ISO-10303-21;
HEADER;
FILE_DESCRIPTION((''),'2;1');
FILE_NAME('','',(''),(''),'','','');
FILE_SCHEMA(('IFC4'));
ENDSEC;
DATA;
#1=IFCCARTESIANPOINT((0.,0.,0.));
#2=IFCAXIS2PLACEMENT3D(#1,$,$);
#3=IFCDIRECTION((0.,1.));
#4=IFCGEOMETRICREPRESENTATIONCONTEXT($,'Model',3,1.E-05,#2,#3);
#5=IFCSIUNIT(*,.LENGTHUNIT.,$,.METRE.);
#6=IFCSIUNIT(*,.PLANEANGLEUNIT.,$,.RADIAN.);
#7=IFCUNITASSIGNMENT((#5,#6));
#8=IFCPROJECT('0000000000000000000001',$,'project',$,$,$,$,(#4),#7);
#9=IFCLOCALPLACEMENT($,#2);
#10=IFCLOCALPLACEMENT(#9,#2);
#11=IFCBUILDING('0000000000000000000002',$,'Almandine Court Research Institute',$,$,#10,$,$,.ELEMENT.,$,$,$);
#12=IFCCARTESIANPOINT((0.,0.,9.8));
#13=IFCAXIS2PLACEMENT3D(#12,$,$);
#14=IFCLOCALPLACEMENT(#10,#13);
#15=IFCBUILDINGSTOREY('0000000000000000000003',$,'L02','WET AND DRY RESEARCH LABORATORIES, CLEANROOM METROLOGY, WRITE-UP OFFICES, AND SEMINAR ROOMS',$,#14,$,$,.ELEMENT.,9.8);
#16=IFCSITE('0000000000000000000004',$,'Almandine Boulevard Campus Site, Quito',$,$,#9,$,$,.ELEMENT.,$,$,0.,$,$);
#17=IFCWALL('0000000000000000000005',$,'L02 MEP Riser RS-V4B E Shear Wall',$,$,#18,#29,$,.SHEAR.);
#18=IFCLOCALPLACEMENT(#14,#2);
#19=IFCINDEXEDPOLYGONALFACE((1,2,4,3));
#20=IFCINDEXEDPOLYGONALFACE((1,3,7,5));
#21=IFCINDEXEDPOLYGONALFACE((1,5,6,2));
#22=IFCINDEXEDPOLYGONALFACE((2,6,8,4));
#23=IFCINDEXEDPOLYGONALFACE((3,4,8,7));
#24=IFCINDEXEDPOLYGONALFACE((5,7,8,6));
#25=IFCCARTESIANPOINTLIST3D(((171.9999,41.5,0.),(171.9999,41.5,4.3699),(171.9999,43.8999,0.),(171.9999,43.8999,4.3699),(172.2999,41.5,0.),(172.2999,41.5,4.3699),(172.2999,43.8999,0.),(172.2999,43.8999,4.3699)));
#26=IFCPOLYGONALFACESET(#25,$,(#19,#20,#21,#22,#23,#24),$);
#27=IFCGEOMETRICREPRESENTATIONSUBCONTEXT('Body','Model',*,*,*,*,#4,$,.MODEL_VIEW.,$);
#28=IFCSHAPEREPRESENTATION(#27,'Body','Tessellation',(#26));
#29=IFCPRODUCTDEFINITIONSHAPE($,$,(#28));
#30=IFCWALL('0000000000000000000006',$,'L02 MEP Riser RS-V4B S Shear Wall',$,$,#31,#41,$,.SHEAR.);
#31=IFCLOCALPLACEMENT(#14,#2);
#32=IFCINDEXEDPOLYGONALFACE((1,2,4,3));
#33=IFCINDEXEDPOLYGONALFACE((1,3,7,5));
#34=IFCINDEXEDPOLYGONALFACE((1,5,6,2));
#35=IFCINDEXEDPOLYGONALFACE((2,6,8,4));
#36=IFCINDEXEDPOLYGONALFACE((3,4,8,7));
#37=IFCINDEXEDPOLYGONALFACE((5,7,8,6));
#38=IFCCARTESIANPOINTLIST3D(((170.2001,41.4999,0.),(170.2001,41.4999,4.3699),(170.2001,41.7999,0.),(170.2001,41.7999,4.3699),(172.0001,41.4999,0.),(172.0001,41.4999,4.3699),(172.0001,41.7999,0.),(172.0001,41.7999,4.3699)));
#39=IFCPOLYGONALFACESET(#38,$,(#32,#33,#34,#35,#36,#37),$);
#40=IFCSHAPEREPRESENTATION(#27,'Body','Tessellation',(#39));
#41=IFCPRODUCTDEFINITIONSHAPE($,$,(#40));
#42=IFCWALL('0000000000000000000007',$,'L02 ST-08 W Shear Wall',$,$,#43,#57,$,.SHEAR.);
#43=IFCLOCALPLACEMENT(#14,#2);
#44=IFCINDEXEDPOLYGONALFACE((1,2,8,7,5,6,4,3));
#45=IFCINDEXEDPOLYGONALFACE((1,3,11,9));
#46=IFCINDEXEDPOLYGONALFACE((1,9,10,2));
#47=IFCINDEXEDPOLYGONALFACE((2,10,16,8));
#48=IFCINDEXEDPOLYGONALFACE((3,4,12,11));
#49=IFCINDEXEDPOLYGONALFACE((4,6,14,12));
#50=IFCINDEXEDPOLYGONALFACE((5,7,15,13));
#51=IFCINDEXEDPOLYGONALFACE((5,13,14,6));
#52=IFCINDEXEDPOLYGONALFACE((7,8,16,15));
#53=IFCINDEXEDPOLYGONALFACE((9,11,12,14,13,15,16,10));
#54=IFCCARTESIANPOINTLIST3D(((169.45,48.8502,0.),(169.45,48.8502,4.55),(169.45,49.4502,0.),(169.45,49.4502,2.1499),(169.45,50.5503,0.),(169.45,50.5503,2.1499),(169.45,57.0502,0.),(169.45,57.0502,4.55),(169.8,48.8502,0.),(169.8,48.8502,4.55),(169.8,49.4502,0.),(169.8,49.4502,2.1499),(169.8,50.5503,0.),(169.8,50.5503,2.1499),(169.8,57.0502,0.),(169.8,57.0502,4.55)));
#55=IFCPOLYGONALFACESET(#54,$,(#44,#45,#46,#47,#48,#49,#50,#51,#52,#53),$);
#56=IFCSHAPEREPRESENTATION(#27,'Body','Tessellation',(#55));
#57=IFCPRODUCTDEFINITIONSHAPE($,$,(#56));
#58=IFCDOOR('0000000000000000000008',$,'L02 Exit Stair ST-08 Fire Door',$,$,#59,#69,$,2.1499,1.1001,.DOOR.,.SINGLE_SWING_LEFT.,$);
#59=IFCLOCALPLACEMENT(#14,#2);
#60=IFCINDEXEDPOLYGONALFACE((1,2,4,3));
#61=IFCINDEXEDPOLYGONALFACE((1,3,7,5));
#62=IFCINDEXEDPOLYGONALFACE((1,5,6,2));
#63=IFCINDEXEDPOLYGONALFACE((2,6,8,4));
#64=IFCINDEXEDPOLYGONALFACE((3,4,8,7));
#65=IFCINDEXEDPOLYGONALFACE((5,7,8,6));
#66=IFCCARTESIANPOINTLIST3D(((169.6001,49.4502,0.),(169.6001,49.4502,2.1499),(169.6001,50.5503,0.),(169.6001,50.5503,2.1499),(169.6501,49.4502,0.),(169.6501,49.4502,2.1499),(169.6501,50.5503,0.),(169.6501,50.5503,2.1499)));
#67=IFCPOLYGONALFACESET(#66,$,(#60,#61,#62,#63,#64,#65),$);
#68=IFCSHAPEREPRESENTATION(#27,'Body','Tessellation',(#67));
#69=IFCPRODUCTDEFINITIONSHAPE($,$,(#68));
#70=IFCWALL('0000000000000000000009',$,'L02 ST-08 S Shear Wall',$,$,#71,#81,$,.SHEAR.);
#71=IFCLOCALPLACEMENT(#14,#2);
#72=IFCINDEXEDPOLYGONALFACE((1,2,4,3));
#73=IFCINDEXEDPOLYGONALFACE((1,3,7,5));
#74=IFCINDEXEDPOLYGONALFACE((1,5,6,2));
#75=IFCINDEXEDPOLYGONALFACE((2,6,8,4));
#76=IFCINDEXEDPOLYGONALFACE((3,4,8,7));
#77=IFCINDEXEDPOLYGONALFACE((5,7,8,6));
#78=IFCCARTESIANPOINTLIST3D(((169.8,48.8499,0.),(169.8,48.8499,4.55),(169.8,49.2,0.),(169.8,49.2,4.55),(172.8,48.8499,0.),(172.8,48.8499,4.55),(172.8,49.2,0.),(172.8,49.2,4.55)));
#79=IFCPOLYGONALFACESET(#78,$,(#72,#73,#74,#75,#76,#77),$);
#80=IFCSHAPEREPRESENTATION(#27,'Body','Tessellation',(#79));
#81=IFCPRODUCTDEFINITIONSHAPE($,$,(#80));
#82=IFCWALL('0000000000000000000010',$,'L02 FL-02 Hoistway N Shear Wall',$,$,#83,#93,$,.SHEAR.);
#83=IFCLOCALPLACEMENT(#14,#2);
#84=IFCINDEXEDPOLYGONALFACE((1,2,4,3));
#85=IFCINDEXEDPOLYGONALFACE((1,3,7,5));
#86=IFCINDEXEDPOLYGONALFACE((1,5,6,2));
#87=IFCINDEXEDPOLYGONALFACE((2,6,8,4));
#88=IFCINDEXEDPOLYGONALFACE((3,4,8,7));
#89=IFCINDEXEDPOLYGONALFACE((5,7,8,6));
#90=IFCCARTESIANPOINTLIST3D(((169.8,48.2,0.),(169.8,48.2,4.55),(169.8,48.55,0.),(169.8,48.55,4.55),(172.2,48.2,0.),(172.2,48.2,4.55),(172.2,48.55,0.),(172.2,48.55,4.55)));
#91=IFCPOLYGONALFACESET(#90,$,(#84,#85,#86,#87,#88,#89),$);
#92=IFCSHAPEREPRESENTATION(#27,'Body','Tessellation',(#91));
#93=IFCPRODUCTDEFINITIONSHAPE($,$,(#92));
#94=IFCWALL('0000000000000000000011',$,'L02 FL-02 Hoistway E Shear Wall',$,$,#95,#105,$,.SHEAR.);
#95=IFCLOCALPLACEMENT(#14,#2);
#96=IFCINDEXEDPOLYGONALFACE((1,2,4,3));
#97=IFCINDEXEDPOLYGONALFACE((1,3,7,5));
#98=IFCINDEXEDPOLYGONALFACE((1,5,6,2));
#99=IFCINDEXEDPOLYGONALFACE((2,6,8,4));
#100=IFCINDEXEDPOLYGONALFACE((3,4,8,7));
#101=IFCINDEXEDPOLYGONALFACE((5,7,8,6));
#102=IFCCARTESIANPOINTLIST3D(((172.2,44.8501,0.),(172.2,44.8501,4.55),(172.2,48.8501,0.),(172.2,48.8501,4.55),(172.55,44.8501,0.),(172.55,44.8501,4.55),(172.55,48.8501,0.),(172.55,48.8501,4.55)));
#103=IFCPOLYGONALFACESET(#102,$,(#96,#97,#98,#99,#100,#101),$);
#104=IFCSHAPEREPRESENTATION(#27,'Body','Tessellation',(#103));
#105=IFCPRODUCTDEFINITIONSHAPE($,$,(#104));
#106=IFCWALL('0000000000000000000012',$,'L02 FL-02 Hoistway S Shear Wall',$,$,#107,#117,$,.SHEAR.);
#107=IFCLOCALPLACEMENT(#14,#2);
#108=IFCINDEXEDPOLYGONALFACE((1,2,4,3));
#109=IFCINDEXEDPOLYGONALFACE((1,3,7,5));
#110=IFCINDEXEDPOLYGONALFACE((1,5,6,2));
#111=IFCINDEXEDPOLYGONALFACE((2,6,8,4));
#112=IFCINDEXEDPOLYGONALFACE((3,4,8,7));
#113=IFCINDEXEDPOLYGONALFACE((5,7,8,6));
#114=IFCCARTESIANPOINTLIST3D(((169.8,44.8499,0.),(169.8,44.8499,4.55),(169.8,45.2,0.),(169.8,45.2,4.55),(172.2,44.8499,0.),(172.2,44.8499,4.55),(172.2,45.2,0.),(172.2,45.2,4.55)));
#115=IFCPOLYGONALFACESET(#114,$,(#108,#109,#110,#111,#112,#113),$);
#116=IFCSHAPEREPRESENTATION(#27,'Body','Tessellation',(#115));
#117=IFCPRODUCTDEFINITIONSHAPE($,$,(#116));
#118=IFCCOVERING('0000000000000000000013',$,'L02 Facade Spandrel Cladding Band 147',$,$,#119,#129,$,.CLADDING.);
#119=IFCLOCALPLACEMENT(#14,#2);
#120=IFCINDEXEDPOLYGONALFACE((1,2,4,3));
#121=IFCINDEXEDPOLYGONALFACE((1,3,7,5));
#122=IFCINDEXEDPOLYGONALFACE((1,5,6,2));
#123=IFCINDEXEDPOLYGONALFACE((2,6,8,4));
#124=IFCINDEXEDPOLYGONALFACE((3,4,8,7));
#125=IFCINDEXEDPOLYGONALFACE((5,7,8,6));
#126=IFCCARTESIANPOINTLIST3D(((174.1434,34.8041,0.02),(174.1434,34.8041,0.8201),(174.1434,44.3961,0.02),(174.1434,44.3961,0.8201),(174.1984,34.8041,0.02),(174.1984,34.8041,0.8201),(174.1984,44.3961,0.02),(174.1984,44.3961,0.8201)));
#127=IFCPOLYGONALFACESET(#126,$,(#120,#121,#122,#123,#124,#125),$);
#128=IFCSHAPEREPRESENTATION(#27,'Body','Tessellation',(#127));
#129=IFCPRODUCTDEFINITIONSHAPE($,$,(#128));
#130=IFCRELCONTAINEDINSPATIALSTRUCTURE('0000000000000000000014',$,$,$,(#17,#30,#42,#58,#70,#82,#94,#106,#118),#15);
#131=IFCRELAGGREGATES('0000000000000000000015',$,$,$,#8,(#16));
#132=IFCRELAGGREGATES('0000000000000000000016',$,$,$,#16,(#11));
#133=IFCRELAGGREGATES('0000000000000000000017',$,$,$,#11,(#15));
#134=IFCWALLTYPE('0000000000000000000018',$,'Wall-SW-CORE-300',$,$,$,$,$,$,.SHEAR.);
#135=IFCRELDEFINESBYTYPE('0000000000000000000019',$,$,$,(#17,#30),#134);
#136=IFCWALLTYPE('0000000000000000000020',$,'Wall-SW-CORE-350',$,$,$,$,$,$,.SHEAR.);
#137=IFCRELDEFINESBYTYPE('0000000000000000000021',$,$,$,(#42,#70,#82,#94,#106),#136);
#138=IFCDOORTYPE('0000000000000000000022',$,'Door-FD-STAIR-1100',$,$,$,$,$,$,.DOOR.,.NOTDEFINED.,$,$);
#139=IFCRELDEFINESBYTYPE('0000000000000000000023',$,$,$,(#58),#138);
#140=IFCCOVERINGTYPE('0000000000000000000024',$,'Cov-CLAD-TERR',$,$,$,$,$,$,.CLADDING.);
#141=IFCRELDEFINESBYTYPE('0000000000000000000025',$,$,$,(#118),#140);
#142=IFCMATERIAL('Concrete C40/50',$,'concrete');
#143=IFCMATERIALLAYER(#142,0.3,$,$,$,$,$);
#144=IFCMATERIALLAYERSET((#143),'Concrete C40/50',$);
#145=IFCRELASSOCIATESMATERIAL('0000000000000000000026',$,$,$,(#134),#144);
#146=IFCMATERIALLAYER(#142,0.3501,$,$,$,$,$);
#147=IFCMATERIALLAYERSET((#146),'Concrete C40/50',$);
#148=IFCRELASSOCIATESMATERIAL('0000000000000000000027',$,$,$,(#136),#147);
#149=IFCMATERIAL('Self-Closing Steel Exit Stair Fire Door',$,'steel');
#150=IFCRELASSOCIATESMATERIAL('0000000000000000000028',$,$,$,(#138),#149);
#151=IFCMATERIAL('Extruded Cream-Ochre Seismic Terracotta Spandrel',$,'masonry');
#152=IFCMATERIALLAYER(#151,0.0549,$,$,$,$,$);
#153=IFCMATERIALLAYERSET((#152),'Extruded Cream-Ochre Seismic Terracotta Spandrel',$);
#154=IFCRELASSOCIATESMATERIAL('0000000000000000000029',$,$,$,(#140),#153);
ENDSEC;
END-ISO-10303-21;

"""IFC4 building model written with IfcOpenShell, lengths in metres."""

from ifc_helpers import new_model, si_unit, direction, frame, frame_2d, origin, origin_2d, place, context, subcontext, project, spatial, rectangle, extrude, material, layer, layer_set, type_object, element, fill, save


model = new_model("IFC4")

# Units and contexts
model_context = context("Model", 3, precision=1e-05, world=origin(), true_north=direction((0.0, 1.0)))
body_context = subcontext(model_context, "Body", "Model", "MODEL_VIEW")
ifc_project = project(units=[si_unit("LENGTHUNIT", "METRE"), si_unit("PLANEANGLEUNIT", "RADIAN")], contexts=[model_context])

# Site, building, storey
site_placement = place(None, origin())
site = spatial("IfcSite", under=ifc_project, at=site_placement, Name="Almandine Boulevard Campus Site, Quito", CompositionType="ELEMENT", RefElevation=0.0)
building_placement = place(site_placement, origin())
building = spatial("IfcBuilding", under=site, at=building_placement, Name="Almandine Court Research Institute", CompositionType="ELEMENT")
storey_placement = place(building_placement, frame((0.0, 0.0, 9.8)))
storey = spatial("IfcBuildingStorey", under=building, at=storey_placement, Name="L02", Description="WET AND DRY RESEARCH LABORATORIES, CLEANROOM METROLOGY, WRITE-UP OFFICES, AND SEMINAR ROOMS", CompositionType="ELEMENT", Elevation=9.8)

# Walls
ifc_material_1 = material(Name="Concrete C40/50", Category="concrete")
ifc_layer_1 = layer(ifc_material_1, 0.3)
ifc_layer_set_1 = layer_set([ifc_layer_1], Name="Concrete C40/50")
wall_type_1 = type_object("IfcWallType", Name="Wall-SW-CORE-300", PredefinedType="SHEAR", material=ifc_layer_set_1)
wall_1_placement = place(storey_placement, frame((172.1499, 43.8999, 0.0), z_axis=(0.0, 0.0, 1.0), x_axis=(0.0, -1.0, 0.0)))
element("IfcWall", 1, at=wall_1_placement, inside=storey, type_object=wall_type_1, Name="L02 MEP Riser RS-V4B E Shear Wall", PredefinedType="SHEAR", context=body_context, shape_type="SweptSolid", body=[
    extrude(rectangle(XDim=2.3999, YDim=0.3, at=frame_2d((1.2, 0.0))), origin(), (0.0, 0.0, 1.0), 4.3699),
])
wall_2_placement = place(storey_placement, frame((172.0, 41.6499, 0.0), z_axis=(0.0, 0.0, 1.0), x_axis=(-1.0, 0.0, 0.0)))
element("IfcWall", 2, at=wall_2_placement, inside=storey, type_object=wall_type_1, Name="L02 MEP Riser RS-V4B S Shear Wall", PredefinedType="SHEAR", context=body_context, shape_type="SweptSolid", body=[
    extrude(rectangle(XDim=1.8, YDim=0.3, at=frame_2d((0.8999, 0.0))), origin(), (0.0, 0.0, 1.0), 4.3699),
])

# Wall, opening, door
ifc_layer_2 = layer(ifc_material_1, 0.3501)
ifc_layer_set_2 = layer_set([ifc_layer_2], Name="Concrete C40/50")
wall_type_2 = type_object("IfcWallType", Name="Wall-SW-CORE-350", PredefinedType="SHEAR", material=ifc_layer_set_2)
wall_3_placement = place(storey_placement, frame((169.625, 48.8501, 0.0), z_axis=(0.0, 0.0, 1.0), x_axis=(0.0, 1.0, 0.0)))
wall_3 = element("IfcWall", 3, at=wall_3_placement, inside=storey, type_object=wall_type_2, Name="L02 ST-08 W Shear Wall", PredefinedType="SHEAR", context=body_context, shape_type="SweptSolid", body=[
    extrude(rectangle(XDim=8.2, YDim=0.3501, at=frame_2d((4.1001, 0.0))), origin(), (0.0, 0.0, 1.0), 4.55),
])
opening_1_placement = place(wall_3_placement, frame((0.6001, 0.0, 0.0)))
opening_1 = element("IfcOpeningElement", 4, at=opening_1_placement, cuts=wall_3, PredefinedType="OPENING", context=body_context, shape_type="SweptSolid", body=[
    extrude(rectangle(XDim=1.1001, YDim=2.1499, at=frame_2d((0.55, 1.075))), frame((0.0, 0.1851, 0.0), z_axis=(0.0, -1.0, 0.0), x_axis=(1.0, 0.0, 0.0)), (0.0, 0.0, 1.0), 0.3701),
])
ifc_material_2 = material(Name="Self-Closing Steel Exit Stair Fire Door", Category="steel")
door_type_1 = type_object("IfcDoorType", Name="Door-FD-STAIR-1100", OperationType="NOTDEFINED", PredefinedType="DOOR", material=ifc_material_2)
door_1_placement = place(opening_1_placement, origin())
door_1 = element("IfcDoor", 5, at=door_1_placement, inside=storey, type_object=door_type_1, Name="L02 Exit Stair ST-08 Fire Door", OperationType="SINGLE_SWING_LEFT", OverallHeight=2.1499, OverallWidth=1.1001, PredefinedType="DOOR", context=body_context, shape_type="SweptSolid", body=[
    extrude(rectangle(XDim=1.1001, YDim=2.1499, at=frame_2d((0.55, 1.075))), frame((0.0, 0.0249, 0.0), z_axis=(0.0, -1.0, 0.0), x_axis=(1.0, 0.0, 0.0)), (0.0, 0.0, 1.0), 0.05),
])
fill(opening_1, door_1)

# Wall
wall_4_placement = place(storey_placement, frame((172.8, 49.0249, 0.0), z_axis=(0.0, 0.0, 1.0), x_axis=(-1.0, 0.0, 0.0)))
element("IfcWall", 6, at=wall_4_placement, inside=storey, type_object=wall_type_2, Name="L02 ST-08 S Shear Wall", PredefinedType="SHEAR", context=body_context, shape_type="SweptSolid", body=[
    extrude(rectangle(XDim=3.0, YDim=0.3501, at=frame_2d((1.5, 0.0))), origin(), (0.0, 0.0, 1.0), 4.55),
])

# Walls
wall_5_placement = place(storey_placement, frame((169.8, 48.375, 0.0), z_axis=(0.0, 0.0, 1.0), x_axis=(1.0, 0.0, 0.0)))
element("IfcWall", 7, at=wall_5_placement, inside=storey, type_object=wall_type_2, Name="L02 FL-02 Hoistway N Shear Wall", PredefinedType="SHEAR", context=body_context, shape_type="SweptSolid", body=[
    extrude(rectangle(XDim=2.3999, YDim=0.3501, at=frame_2d((1.2, 0.0))), origin(), (0.0, 0.0, 1.0), 4.55),
])
wall_6_placement = place(storey_placement, frame((172.375, 48.8501, 0.0), z_axis=(0.0, 0.0, 1.0), x_axis=(0.0, -1.0, 0.0)))
element("IfcWall", 8, at=wall_6_placement, inside=storey, type_object=wall_type_2, Name="L02 FL-02 Hoistway E Shear Wall", PredefinedType="SHEAR", context=body_context, shape_type="SweptSolid", body=[
    extrude(rectangle(XDim=4.0, YDim=0.3501, at=frame_2d((2.0, 0.0))), origin(), (0.0, 0.0, 1.0), 4.55),
])
wall_7_placement = place(storey_placement, frame((172.2, 45.0249, 0.0), z_axis=(0.0, 0.0, 1.0), x_axis=(-1.0, 0.0, 0.0)))
element("IfcWall", 9, at=wall_7_placement, inside=storey, type_object=wall_type_2, Name="L02 FL-02 Hoistway S Shear Wall", PredefinedType="SHEAR", context=body_context, shape_type="SweptSolid", body=[
    extrude(rectangle(XDim=2.3999, YDim=0.3501, at=frame_2d((1.2, 0.0))), origin(), (0.0, 0.0, 1.0), 4.55),
])

# Covering
ifc_material_3 = material(Name="Extruded Cream-Ochre Seismic Terracotta Spandrel", Category="masonry")
ifc_layer_3 = layer(ifc_material_3, 0.0549)
ifc_layer_set_3 = layer_set([ifc_layer_3], Name="Extruded Cream-Ochre Seismic Terracotta Spandrel")
covering_type = type_object("IfcCoveringType", Name="Cov-CLAD-TERR", PredefinedType="CLADDING", material=ifc_layer_set_3)
covering_placement = place(storey_placement, frame((174.1709, 39.6001, 0.02), z_axis=(0.0, 0.0, 1.0), x_axis=(0.0, -1.0, 0.0)))
element("IfcCovering", 10, at=covering_placement, inside=storey, type_object=covering_type, Name="L02 Facade Spandrel Cladding Band 147", PredefinedType="CLADDING", context=body_context, shape_type="SweptSolid", body=[
    extrude(rectangle(XDim=9.592, YDim=0.0549, at=origin_2d()), origin(), (0.0, 0.0, 1.0), 0.8),
])

save(model, "model.ifc")
